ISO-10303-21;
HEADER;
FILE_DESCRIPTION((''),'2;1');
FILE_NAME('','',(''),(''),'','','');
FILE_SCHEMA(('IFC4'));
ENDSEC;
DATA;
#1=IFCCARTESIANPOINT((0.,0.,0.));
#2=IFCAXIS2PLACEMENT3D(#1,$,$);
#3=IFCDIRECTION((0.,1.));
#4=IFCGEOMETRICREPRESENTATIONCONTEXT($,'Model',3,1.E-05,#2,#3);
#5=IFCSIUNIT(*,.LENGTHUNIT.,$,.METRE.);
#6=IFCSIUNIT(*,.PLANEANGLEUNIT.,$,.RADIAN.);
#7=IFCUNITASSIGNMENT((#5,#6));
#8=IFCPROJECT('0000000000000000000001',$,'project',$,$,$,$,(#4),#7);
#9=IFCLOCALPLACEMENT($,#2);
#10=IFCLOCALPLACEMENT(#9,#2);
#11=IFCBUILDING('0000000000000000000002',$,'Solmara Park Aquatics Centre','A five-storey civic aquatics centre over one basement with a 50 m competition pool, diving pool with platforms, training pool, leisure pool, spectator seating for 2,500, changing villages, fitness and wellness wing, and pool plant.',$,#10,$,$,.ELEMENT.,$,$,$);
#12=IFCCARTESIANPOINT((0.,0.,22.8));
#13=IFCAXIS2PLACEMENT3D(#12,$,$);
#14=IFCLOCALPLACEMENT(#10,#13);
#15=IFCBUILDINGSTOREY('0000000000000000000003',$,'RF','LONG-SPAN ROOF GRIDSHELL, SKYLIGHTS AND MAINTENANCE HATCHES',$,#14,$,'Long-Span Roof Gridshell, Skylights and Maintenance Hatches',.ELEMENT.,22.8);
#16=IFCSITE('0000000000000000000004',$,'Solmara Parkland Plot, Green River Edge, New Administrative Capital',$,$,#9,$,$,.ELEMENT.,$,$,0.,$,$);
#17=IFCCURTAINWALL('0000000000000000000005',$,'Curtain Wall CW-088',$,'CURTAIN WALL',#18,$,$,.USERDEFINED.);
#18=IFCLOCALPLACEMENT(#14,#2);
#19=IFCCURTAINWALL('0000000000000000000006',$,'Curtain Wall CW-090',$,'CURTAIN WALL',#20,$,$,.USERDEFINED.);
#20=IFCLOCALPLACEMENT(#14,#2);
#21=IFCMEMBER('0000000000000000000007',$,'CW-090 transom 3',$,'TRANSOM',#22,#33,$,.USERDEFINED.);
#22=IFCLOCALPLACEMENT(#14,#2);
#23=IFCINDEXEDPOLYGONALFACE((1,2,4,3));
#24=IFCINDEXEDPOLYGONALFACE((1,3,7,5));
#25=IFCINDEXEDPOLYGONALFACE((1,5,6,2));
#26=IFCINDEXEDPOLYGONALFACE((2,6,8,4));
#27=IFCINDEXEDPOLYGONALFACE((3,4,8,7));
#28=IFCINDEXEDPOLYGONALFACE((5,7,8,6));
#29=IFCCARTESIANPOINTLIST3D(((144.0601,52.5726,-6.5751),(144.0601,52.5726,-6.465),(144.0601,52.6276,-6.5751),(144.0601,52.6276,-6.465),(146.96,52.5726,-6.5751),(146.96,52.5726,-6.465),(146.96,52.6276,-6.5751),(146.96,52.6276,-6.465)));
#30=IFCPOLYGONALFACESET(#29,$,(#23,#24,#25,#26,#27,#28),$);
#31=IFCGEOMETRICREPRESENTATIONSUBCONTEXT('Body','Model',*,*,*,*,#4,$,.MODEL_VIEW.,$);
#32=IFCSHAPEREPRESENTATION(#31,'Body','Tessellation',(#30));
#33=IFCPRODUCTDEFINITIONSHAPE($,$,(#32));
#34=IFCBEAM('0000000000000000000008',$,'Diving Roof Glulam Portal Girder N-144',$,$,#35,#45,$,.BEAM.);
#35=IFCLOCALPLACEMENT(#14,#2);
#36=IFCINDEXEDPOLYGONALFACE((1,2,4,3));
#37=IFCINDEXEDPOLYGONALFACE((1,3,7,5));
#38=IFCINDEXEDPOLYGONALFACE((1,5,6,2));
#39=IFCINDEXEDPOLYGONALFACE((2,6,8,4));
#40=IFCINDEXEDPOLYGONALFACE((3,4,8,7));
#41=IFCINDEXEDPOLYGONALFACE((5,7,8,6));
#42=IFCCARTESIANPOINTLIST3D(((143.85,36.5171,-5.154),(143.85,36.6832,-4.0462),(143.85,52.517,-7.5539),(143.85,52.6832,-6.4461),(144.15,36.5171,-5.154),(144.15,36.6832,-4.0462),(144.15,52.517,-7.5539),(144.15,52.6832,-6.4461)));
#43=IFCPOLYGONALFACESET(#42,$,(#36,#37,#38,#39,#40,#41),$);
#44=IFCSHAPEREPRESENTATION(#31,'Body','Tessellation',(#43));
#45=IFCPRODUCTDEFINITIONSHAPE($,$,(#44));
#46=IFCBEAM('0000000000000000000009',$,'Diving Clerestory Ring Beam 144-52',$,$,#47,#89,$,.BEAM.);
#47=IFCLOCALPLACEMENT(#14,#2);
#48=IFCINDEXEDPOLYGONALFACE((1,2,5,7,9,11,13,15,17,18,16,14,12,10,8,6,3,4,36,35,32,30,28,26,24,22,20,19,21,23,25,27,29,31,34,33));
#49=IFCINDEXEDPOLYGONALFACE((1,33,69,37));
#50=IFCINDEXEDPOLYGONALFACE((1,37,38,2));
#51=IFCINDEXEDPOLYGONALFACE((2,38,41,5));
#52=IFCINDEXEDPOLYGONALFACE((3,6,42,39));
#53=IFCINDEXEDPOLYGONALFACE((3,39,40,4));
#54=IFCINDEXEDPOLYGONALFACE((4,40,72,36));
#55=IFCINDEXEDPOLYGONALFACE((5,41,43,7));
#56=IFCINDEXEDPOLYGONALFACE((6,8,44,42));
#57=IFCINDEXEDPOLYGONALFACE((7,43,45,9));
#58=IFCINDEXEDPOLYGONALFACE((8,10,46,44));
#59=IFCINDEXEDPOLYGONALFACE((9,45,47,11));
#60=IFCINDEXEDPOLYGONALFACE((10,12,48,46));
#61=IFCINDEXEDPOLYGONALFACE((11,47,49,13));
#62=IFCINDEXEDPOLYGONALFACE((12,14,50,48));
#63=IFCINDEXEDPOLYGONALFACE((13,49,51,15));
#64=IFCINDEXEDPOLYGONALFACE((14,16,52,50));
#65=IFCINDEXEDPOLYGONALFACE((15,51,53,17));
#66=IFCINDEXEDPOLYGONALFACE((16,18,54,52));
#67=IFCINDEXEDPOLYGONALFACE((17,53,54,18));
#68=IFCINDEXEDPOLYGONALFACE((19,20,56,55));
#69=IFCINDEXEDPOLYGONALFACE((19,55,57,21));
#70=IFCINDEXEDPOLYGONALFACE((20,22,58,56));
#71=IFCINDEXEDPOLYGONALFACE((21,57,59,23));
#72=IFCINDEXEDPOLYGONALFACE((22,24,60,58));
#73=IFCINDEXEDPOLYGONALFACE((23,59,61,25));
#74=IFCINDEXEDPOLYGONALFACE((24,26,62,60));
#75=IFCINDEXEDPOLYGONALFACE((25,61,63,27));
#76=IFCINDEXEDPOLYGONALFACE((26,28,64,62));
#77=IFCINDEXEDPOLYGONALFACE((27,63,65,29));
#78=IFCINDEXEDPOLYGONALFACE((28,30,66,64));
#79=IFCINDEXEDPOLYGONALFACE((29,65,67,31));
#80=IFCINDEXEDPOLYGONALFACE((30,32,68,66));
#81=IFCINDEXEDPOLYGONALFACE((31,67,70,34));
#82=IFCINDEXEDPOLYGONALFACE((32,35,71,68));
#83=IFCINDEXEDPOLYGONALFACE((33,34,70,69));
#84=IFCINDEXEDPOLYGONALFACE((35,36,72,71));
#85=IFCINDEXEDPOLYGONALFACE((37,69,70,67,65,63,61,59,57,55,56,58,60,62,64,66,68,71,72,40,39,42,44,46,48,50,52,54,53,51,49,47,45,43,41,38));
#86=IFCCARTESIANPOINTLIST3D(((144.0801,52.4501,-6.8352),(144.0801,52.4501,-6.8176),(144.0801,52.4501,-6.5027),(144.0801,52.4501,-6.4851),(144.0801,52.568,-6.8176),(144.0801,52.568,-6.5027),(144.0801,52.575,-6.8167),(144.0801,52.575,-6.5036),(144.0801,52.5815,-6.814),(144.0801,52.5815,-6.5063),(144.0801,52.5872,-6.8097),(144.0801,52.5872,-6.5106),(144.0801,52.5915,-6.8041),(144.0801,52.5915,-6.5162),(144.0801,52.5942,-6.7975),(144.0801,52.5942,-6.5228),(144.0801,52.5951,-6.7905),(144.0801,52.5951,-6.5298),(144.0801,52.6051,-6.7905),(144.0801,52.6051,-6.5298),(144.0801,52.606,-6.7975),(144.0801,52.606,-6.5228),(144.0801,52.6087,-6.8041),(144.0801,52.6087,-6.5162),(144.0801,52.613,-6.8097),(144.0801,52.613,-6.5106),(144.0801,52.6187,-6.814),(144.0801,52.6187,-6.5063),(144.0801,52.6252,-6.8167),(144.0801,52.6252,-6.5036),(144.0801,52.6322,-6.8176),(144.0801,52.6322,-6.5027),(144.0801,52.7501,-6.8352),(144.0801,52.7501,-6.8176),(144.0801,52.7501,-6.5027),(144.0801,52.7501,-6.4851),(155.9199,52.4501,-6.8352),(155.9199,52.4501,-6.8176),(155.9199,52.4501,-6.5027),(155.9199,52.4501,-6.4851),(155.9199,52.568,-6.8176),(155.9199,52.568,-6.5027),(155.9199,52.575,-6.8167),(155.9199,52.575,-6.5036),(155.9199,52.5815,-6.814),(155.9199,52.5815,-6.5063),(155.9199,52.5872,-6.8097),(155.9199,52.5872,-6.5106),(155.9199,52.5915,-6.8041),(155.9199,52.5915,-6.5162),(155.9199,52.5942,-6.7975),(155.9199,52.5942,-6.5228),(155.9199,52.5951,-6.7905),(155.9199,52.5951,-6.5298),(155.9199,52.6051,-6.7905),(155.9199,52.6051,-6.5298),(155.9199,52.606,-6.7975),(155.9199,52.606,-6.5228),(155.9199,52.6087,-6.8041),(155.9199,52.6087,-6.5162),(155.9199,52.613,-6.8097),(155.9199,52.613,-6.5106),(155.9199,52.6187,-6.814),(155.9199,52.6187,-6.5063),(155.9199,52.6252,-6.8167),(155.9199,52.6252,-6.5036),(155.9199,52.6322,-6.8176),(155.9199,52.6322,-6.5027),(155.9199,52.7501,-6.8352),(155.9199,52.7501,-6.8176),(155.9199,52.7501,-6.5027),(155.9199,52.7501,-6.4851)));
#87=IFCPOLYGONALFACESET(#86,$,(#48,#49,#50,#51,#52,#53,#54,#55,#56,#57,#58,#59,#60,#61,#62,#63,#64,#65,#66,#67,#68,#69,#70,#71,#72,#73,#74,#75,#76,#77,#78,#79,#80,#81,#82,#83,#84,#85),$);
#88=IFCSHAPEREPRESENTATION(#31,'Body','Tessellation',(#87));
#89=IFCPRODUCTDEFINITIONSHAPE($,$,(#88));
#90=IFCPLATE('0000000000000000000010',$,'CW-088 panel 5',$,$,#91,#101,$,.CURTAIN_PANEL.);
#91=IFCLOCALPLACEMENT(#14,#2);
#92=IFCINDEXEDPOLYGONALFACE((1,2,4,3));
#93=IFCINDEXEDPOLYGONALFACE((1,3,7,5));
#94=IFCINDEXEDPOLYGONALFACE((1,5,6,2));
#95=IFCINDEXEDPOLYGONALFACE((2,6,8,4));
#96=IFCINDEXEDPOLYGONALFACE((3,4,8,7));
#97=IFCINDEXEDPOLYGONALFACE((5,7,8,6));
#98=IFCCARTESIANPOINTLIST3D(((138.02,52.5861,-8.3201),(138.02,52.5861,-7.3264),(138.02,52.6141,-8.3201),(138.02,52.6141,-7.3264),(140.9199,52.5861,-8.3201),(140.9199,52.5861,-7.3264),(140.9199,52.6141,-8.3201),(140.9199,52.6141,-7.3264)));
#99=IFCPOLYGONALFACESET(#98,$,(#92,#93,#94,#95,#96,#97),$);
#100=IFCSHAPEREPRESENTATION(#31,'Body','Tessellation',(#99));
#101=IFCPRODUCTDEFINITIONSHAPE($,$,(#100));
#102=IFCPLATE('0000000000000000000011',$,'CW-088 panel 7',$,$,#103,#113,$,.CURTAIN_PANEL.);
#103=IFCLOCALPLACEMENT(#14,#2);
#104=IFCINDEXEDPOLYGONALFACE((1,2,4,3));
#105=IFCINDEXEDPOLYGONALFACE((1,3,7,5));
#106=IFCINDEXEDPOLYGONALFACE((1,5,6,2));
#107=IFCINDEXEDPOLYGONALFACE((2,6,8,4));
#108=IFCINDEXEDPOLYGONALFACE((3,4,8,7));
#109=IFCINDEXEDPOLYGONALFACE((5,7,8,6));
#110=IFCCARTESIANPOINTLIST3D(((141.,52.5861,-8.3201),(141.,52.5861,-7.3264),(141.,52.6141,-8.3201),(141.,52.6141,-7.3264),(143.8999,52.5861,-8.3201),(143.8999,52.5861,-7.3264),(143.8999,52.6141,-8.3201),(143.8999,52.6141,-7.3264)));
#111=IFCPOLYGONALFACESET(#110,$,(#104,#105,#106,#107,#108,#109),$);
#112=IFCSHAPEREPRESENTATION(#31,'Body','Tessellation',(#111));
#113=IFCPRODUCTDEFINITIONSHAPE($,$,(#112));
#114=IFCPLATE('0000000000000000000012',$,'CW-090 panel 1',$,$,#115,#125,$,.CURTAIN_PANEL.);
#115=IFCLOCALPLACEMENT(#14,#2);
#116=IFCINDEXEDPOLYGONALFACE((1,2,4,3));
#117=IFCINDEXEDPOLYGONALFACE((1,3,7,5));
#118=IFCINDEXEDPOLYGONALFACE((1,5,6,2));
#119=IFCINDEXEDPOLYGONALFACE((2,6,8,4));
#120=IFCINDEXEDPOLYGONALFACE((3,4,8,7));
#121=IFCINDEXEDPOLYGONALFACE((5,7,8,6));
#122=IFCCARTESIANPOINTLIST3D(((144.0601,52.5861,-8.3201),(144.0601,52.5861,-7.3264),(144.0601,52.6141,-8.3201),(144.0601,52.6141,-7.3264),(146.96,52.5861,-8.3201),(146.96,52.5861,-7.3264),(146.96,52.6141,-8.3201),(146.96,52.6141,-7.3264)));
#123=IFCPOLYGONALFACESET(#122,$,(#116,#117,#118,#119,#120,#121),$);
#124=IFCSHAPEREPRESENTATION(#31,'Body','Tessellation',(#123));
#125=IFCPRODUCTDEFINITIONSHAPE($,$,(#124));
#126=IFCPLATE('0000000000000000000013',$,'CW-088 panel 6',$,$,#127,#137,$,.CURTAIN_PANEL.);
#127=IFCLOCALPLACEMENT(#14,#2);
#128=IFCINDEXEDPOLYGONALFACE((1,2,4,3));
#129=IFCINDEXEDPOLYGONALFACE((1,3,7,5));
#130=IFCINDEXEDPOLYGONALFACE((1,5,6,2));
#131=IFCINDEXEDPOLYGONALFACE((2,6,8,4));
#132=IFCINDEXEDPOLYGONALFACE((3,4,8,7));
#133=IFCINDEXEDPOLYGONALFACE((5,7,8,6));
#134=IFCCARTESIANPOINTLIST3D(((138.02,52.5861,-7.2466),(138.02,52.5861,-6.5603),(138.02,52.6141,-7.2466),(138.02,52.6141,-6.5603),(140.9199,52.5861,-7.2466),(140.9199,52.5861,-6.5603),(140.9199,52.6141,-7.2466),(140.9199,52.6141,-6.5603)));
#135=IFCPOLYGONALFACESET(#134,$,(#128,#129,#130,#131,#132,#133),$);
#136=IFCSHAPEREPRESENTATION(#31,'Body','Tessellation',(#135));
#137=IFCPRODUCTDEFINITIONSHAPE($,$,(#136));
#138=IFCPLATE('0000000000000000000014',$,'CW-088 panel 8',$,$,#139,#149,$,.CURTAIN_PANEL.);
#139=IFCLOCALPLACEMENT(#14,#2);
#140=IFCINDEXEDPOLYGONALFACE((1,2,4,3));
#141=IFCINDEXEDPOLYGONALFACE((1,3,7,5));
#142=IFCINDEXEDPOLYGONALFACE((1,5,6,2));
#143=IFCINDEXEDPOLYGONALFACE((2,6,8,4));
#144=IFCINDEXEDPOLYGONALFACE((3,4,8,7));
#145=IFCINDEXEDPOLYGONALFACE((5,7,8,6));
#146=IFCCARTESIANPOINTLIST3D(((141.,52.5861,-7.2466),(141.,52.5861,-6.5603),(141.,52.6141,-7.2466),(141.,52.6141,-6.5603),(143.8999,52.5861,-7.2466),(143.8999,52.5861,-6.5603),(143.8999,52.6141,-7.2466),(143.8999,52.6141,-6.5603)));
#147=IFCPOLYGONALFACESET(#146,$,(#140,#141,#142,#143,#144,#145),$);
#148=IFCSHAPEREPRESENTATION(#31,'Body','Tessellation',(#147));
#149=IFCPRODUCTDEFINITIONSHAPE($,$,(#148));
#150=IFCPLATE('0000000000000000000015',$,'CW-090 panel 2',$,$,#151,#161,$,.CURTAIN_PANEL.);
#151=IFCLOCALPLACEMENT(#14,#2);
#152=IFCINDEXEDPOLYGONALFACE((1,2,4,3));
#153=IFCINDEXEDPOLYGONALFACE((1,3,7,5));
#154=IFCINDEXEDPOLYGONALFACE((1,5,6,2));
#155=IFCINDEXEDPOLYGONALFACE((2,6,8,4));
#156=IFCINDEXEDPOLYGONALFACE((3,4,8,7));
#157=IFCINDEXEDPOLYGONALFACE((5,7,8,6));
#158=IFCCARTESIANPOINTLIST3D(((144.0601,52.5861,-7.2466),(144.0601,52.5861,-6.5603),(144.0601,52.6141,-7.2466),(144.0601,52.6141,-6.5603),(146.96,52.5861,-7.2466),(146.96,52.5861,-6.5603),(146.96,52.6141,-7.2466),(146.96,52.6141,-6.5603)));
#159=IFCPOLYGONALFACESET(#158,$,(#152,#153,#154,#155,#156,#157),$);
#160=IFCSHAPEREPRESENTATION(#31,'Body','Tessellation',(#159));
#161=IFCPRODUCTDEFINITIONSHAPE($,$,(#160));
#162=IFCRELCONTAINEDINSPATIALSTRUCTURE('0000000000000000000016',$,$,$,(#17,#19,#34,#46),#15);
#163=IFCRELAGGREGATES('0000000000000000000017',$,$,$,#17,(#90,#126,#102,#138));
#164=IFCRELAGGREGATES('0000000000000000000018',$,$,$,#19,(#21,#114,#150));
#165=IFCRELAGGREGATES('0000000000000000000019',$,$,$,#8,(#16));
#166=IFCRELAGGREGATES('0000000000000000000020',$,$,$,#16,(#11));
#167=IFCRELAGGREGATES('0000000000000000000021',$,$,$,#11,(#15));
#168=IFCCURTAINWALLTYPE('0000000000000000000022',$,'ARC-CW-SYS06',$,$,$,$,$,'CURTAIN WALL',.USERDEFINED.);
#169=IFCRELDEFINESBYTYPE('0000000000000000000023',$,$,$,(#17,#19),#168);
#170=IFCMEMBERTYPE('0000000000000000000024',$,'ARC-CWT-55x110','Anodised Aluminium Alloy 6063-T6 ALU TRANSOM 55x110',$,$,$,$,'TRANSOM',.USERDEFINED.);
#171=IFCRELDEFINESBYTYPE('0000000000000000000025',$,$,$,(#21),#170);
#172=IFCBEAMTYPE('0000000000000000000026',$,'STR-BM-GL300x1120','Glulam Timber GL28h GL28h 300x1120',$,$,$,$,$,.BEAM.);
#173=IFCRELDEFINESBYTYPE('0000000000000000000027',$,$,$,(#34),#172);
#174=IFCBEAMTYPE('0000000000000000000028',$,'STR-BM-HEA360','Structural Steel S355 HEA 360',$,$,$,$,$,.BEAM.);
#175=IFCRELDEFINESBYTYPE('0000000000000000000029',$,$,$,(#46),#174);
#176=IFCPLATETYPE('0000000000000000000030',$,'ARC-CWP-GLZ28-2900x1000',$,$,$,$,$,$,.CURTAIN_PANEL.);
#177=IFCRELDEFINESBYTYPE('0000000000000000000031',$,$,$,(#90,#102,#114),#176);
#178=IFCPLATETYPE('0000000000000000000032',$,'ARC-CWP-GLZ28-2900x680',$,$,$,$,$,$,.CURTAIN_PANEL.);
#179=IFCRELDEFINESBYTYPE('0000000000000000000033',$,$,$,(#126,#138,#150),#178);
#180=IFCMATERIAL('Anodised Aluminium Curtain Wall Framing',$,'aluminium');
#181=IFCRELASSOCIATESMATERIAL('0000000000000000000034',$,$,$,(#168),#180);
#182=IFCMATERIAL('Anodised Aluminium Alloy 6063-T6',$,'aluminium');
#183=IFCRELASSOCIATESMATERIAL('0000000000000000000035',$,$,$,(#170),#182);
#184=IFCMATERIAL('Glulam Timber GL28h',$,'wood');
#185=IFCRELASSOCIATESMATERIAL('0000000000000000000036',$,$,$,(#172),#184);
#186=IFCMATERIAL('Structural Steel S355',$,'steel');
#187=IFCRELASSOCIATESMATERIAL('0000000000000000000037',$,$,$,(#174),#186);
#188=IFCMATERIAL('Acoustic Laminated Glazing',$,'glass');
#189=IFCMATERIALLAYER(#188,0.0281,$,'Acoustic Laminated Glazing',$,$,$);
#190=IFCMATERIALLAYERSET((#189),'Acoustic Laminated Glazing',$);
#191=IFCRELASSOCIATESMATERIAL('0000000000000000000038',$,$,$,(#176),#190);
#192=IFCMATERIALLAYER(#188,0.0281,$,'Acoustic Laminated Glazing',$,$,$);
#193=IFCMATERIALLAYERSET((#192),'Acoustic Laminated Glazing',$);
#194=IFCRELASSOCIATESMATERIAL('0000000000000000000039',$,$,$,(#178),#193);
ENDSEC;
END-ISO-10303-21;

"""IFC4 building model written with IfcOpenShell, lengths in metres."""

from ifc_helpers import new_model, si_unit, direction, frame, origin, origin_2d, place, context, subcontext, project, spatial, rectangle, i_section, extrude, material, layer, layer_set, material_profile, profile_set, type_object, element, aggregate, save


model = new_model("IFC4")

# Units and contexts
model_context = context("Model", 3, precision=1e-05, world=origin(), true_north=direction((0.0, 1.0)))
body_context = subcontext(model_context, "Body", "Model", "MODEL_VIEW")
ifc_project = project(units=[si_unit("LENGTHUNIT", "METRE"), si_unit("PLANEANGLEUNIT", "RADIAN")], contexts=[model_context])

# Site, building, storey
site_placement = place(None, origin())
site = spatial("IfcSite", under=ifc_project, at=site_placement, Name="Solmara Parkland Plot, Green River Edge, New Administrative Capital", CompositionType="ELEMENT", RefElevation=0.0)
building_placement = place(site_placement, origin())
building = spatial("IfcBuilding", under=site, at=building_placement, Name="Solmara Park Aquatics Centre", Description="A five-storey civic aquatics centre over one basement with a 50 m competition pool, diving pool with platforms, training pool, leisure pool, spectator seating for 2,500, changing villages, fitness and wellness wing, and pool plant.", CompositionType="ELEMENT")
storey_placement = place(building_placement, frame((0.0, 0.0, 22.8)))
storey = spatial("IfcBuildingStorey", under=building, at=storey_placement, Name="RF", Description="LONG-SPAN ROOF GRIDSHELL, SKYLIGHTS AND MAINTENANCE HATCHES", LongName="Long-Span Roof Gridshell, Skylights and Maintenance Hatches", CompositionType="ELEMENT", Elevation=22.8)

# Shared definitions
ifc_material_1 = material(Name="Structural Steel S355", Category="steel")

# Curtain wall
ifc_material_2 = material(Name="Anodised Aluminium Curtain Wall Framing", Category="aluminium")
curtain_wall_type = type_object("IfcCurtainWallType", Name="ARC-CW-SYS06", ElementType="CURTAIN WALL", PredefinedType="USERDEFINED", material=ifc_material_2)
curtain_wall_1_placement = place(storey_placement, origin())
curtain_wall_1 = element("IfcCurtainWall", 1, at=curtain_wall_1_placement, inside=storey, type_object=curtain_wall_type, Name="Curtain Wall CW-088", ObjectType="CURTAIN WALL", PredefinedType="USERDEFINED")
ifc_material_3 = material(Name="Anodised Aluminium Alloy 6063-T6", Category="aluminium")

# Curtain wall
curtain_wall_2_placement = place(storey_placement, origin())
curtain_wall_2 = element("IfcCurtainWall", 2, at=curtain_wall_2_placement, inside=storey, type_object=curtain_wall_type, Name="Curtain Wall CW-090", ObjectType="CURTAIN WALL", PredefinedType="USERDEFINED")

# Member
ifc_material_profile_1 = material_profile(ifc_material_3, rectangle(XDim=0.0549, YDim=0.1101, at=origin_2d()), Name="ALU TRANSOM 55x110")
ifc_profile_set_1 = profile_set([ifc_material_profile_1], Name="Anodised Aluminium Alloy 6063-T6")
member_type_1 = type_object("IfcMemberType", Name="ARC-CWT-55x110", Description="Anodised Aluminium Alloy 6063-T6 ALU TRANSOM 55x110", ElementType="TRANSOM", PredefinedType="USERDEFINED", material=ifc_profile_set_1)
member_1_placement = place(storey_placement, frame((144.0601, 52.6001, -6.52), z_axis=(1.0, 0.0, 0.0), x_axis=(0.0, 1.0, 0.0)))
member_1 = element("IfcMember", 3, at=member_1_placement, type_object=member_type_1, Name="CW-090 transom 3", ObjectType="TRANSOM", PredefinedType="USERDEFINED", context=body_context, shape_type="SweptSolid", body=[
    extrude(rectangle(XDim=0.0549, YDim=0.1101, at=origin_2d()), origin(), (0.0, 0.0, 1.0), 2.8999),
])

# Beams
ifc_material_4 = material(Name="Glulam Timber GL28h", Category="wood")
ifc_material_profile_2 = material_profile(ifc_material_4, rectangle(XDim=0.3, YDim=1.1201, at=origin_2d()), Name="GL28h 300x1120")
ifc_profile_set_2 = profile_set([ifc_material_profile_2], Name="Glulam Timber GL28h")
beam_type_1 = type_object("IfcBeamType", Name="STR-BM-GL300x1120", Description="Glulam Timber GL28h GL28h 300x1120", PredefinedType="BEAM", material=ifc_profile_set_2)
beam_1_placement = place(storey_placement, frame((144.0, 52.6001, -7.0), z_axis=(0.0, -0.988937, 0.148335), x_axis=(1.0, 0.0, 0.0)))
element("IfcBeam", 4, at=beam_1_placement, inside=storey, type_object=beam_type_1, Name="Diving Roof Glulam Portal Girder N-144", PredefinedType="BEAM", context=body_context, shape_type="SweptSolid", body=[
    extrude(rectangle(XDim=0.3, YDim=1.1201, at=origin_2d()), origin(), (0.0, 0.0, 1.0), 16.179),
])
ifc_material_profile_3 = material_profile(ifc_material_1, i_section(OverallWidth=0.3, OverallDepth=0.3501, WebThickness=0.01, FlangeThickness=0.0176, FilletRadius=0.0271, at=origin_2d()), Name="HEA 360")
ifc_profile_set_3 = profile_set([ifc_material_profile_3], Name="Structural Steel S355")
beam_type_2 = type_object("IfcBeamType", Name="STR-BM-HEA360", Description="Structural Steel S355 HEA 360", PredefinedType="BEAM", material=ifc_profile_set_3)
beam_2_placement = place(storey_placement, frame((144.0801, 52.6001, -6.6602), z_axis=(1.0, 0.0, 0.0), x_axis=(0.0, 1.0, 0.0)))
element("IfcBeam", 5, at=beam_2_placement, inside=storey, type_object=beam_type_2, Name="Diving Clerestory Ring Beam 144-52", PredefinedType="BEAM", context=body_context, shape_type="SweptSolid", body=[
    extrude(i_section(OverallWidth=0.3, OverallDepth=0.3501, WebThickness=0.01, FlangeThickness=0.0176, FilletRadius=0.0271, at=origin_2d()), origin(), (0.0, 0.0, 1.0), 11.8398),
])

# Plates
ifc_material_5 = material(Name="Acoustic Laminated Glazing", Category="glass")
ifc_layer_1 = layer(ifc_material_5, 0.0281, Name="Acoustic Laminated Glazing")
ifc_layer_set_1 = layer_set([ifc_layer_1], Name="Acoustic Laminated Glazing")
plate_type_1 = type_object("IfcPlateType", Name="ARC-CWP-GLZ28-2900x1000", PredefinedType="CURTAIN_PANEL", material=ifc_layer_set_1)
plate_1_placement = place(storey_placement, frame((139.47, 52.6001, -8.3201), z_axis=(0.0, 0.0, 1.0), x_axis=(1.0, 0.0, 0.0)))
plate_1 = element("IfcPlate", 6, at=plate_1_placement, type_object=plate_type_1, Name="CW-088 panel 5", PredefinedType="CURTAIN_PANEL", context=body_context, shape_type="SweptSolid", body=[
    extrude(rectangle(XDim=2.8999, YDim=0.0281, at=origin_2d()), origin(), (0.0, 0.0, 1.0), 0.9937),
])
plate_2_placement = place(storey_placement, frame((142.45, 52.6001, -8.3201), z_axis=(0.0, 0.0, 1.0), x_axis=(1.0, 0.0, 0.0)))
plate_2 = element("IfcPlate", 7, at=plate_2_placement, type_object=plate_type_1, Name="CW-088 panel 7", PredefinedType="CURTAIN_PANEL", context=body_context, shape_type="SweptSolid", body=[
    extrude(rectangle(XDim=2.8999, YDim=0.0281, at=origin_2d()), origin(), (0.0, 0.0, 1.0), 0.9937),
])
plate_3_placement = place(storey_placement, frame((145.51, 52.6001, -8.3201), z_axis=(0.0, 0.0, 1.0), x_axis=(1.0, 0.0, 0.0)))
plate_3 = element("IfcPlate", 8, at=plate_3_placement, type_object=plate_type_1, Name="CW-090 panel 1", PredefinedType="CURTAIN_PANEL", context=body_context, shape_type="SweptSolid", body=[
    extrude(rectangle(XDim=2.8999, YDim=0.0281, at=origin_2d()), origin(), (0.0, 0.0, 1.0), 0.9937),
])
ifc_layer_2 = layer(ifc_material_5, 0.0281, Name="Acoustic Laminated Glazing")
ifc_layer_set_2 = layer_set([ifc_layer_2], Name="Acoustic Laminated Glazing")
plate_type_2 = type_object("IfcPlateType", Name="ARC-CWP-GLZ28-2900x680", PredefinedType="CURTAIN_PANEL", material=ifc_layer_set_2)
plate_4_placement = place(storey_placement, frame((139.47, 52.6001, -7.2466), z_axis=(0.0, 0.0, 1.0), x_axis=(1.0, 0.0, 0.0)))
plate_4 = element("IfcPlate", 9, at=plate_4_placement, type_object=plate_type_2, Name="CW-088 panel 6", PredefinedType="CURTAIN_PANEL", context=body_context, shape_type="SweptSolid", body=[
    extrude(rectangle(XDim=2.8999, YDim=0.0281, at=origin_2d()), origin(), (0.0, 0.0, 1.0), 0.6863),
])
plate_5_placement = place(storey_placement, frame((142.45, 52.6001, -7.2466), z_axis=(0.0, 0.0, 1.0), x_axis=(1.0, 0.0, 0.0)))
plate_5 = element("IfcPlate", 10, at=plate_5_placement, type_object=plate_type_2, Name="CW-088 panel 8", PredefinedType="CURTAIN_PANEL", context=body_context, shape_type="SweptSolid", body=[
    extrude(rectangle(XDim=2.8999, YDim=0.0281, at=origin_2d()), origin(), (0.0, 0.0, 1.0), 0.6863),
])
aggregate(curtain_wall_1, [plate_1, plate_4, plate_2, plate_5])
plate_6_placement = place(storey_placement, frame((145.51, 52.6001, -7.2466), z_axis=(0.0, 0.0, 1.0), x_axis=(1.0, 0.0, 0.0)))
plate_6 = element("IfcPlate", 11, at=plate_6_placement, type_object=plate_type_2, Name="CW-090 panel 2", PredefinedType="CURTAIN_PANEL", context=body_context, shape_type="SweptSolid", body=[
    extrude(rectangle(XDim=2.8999, YDim=0.0281, at=origin_2d()), origin(), (0.0, 0.0, 1.0), 0.6863),
])
aggregate(curtain_wall_2, [member_1, plate_3, plate_6])

save(model, "model.ifc")
